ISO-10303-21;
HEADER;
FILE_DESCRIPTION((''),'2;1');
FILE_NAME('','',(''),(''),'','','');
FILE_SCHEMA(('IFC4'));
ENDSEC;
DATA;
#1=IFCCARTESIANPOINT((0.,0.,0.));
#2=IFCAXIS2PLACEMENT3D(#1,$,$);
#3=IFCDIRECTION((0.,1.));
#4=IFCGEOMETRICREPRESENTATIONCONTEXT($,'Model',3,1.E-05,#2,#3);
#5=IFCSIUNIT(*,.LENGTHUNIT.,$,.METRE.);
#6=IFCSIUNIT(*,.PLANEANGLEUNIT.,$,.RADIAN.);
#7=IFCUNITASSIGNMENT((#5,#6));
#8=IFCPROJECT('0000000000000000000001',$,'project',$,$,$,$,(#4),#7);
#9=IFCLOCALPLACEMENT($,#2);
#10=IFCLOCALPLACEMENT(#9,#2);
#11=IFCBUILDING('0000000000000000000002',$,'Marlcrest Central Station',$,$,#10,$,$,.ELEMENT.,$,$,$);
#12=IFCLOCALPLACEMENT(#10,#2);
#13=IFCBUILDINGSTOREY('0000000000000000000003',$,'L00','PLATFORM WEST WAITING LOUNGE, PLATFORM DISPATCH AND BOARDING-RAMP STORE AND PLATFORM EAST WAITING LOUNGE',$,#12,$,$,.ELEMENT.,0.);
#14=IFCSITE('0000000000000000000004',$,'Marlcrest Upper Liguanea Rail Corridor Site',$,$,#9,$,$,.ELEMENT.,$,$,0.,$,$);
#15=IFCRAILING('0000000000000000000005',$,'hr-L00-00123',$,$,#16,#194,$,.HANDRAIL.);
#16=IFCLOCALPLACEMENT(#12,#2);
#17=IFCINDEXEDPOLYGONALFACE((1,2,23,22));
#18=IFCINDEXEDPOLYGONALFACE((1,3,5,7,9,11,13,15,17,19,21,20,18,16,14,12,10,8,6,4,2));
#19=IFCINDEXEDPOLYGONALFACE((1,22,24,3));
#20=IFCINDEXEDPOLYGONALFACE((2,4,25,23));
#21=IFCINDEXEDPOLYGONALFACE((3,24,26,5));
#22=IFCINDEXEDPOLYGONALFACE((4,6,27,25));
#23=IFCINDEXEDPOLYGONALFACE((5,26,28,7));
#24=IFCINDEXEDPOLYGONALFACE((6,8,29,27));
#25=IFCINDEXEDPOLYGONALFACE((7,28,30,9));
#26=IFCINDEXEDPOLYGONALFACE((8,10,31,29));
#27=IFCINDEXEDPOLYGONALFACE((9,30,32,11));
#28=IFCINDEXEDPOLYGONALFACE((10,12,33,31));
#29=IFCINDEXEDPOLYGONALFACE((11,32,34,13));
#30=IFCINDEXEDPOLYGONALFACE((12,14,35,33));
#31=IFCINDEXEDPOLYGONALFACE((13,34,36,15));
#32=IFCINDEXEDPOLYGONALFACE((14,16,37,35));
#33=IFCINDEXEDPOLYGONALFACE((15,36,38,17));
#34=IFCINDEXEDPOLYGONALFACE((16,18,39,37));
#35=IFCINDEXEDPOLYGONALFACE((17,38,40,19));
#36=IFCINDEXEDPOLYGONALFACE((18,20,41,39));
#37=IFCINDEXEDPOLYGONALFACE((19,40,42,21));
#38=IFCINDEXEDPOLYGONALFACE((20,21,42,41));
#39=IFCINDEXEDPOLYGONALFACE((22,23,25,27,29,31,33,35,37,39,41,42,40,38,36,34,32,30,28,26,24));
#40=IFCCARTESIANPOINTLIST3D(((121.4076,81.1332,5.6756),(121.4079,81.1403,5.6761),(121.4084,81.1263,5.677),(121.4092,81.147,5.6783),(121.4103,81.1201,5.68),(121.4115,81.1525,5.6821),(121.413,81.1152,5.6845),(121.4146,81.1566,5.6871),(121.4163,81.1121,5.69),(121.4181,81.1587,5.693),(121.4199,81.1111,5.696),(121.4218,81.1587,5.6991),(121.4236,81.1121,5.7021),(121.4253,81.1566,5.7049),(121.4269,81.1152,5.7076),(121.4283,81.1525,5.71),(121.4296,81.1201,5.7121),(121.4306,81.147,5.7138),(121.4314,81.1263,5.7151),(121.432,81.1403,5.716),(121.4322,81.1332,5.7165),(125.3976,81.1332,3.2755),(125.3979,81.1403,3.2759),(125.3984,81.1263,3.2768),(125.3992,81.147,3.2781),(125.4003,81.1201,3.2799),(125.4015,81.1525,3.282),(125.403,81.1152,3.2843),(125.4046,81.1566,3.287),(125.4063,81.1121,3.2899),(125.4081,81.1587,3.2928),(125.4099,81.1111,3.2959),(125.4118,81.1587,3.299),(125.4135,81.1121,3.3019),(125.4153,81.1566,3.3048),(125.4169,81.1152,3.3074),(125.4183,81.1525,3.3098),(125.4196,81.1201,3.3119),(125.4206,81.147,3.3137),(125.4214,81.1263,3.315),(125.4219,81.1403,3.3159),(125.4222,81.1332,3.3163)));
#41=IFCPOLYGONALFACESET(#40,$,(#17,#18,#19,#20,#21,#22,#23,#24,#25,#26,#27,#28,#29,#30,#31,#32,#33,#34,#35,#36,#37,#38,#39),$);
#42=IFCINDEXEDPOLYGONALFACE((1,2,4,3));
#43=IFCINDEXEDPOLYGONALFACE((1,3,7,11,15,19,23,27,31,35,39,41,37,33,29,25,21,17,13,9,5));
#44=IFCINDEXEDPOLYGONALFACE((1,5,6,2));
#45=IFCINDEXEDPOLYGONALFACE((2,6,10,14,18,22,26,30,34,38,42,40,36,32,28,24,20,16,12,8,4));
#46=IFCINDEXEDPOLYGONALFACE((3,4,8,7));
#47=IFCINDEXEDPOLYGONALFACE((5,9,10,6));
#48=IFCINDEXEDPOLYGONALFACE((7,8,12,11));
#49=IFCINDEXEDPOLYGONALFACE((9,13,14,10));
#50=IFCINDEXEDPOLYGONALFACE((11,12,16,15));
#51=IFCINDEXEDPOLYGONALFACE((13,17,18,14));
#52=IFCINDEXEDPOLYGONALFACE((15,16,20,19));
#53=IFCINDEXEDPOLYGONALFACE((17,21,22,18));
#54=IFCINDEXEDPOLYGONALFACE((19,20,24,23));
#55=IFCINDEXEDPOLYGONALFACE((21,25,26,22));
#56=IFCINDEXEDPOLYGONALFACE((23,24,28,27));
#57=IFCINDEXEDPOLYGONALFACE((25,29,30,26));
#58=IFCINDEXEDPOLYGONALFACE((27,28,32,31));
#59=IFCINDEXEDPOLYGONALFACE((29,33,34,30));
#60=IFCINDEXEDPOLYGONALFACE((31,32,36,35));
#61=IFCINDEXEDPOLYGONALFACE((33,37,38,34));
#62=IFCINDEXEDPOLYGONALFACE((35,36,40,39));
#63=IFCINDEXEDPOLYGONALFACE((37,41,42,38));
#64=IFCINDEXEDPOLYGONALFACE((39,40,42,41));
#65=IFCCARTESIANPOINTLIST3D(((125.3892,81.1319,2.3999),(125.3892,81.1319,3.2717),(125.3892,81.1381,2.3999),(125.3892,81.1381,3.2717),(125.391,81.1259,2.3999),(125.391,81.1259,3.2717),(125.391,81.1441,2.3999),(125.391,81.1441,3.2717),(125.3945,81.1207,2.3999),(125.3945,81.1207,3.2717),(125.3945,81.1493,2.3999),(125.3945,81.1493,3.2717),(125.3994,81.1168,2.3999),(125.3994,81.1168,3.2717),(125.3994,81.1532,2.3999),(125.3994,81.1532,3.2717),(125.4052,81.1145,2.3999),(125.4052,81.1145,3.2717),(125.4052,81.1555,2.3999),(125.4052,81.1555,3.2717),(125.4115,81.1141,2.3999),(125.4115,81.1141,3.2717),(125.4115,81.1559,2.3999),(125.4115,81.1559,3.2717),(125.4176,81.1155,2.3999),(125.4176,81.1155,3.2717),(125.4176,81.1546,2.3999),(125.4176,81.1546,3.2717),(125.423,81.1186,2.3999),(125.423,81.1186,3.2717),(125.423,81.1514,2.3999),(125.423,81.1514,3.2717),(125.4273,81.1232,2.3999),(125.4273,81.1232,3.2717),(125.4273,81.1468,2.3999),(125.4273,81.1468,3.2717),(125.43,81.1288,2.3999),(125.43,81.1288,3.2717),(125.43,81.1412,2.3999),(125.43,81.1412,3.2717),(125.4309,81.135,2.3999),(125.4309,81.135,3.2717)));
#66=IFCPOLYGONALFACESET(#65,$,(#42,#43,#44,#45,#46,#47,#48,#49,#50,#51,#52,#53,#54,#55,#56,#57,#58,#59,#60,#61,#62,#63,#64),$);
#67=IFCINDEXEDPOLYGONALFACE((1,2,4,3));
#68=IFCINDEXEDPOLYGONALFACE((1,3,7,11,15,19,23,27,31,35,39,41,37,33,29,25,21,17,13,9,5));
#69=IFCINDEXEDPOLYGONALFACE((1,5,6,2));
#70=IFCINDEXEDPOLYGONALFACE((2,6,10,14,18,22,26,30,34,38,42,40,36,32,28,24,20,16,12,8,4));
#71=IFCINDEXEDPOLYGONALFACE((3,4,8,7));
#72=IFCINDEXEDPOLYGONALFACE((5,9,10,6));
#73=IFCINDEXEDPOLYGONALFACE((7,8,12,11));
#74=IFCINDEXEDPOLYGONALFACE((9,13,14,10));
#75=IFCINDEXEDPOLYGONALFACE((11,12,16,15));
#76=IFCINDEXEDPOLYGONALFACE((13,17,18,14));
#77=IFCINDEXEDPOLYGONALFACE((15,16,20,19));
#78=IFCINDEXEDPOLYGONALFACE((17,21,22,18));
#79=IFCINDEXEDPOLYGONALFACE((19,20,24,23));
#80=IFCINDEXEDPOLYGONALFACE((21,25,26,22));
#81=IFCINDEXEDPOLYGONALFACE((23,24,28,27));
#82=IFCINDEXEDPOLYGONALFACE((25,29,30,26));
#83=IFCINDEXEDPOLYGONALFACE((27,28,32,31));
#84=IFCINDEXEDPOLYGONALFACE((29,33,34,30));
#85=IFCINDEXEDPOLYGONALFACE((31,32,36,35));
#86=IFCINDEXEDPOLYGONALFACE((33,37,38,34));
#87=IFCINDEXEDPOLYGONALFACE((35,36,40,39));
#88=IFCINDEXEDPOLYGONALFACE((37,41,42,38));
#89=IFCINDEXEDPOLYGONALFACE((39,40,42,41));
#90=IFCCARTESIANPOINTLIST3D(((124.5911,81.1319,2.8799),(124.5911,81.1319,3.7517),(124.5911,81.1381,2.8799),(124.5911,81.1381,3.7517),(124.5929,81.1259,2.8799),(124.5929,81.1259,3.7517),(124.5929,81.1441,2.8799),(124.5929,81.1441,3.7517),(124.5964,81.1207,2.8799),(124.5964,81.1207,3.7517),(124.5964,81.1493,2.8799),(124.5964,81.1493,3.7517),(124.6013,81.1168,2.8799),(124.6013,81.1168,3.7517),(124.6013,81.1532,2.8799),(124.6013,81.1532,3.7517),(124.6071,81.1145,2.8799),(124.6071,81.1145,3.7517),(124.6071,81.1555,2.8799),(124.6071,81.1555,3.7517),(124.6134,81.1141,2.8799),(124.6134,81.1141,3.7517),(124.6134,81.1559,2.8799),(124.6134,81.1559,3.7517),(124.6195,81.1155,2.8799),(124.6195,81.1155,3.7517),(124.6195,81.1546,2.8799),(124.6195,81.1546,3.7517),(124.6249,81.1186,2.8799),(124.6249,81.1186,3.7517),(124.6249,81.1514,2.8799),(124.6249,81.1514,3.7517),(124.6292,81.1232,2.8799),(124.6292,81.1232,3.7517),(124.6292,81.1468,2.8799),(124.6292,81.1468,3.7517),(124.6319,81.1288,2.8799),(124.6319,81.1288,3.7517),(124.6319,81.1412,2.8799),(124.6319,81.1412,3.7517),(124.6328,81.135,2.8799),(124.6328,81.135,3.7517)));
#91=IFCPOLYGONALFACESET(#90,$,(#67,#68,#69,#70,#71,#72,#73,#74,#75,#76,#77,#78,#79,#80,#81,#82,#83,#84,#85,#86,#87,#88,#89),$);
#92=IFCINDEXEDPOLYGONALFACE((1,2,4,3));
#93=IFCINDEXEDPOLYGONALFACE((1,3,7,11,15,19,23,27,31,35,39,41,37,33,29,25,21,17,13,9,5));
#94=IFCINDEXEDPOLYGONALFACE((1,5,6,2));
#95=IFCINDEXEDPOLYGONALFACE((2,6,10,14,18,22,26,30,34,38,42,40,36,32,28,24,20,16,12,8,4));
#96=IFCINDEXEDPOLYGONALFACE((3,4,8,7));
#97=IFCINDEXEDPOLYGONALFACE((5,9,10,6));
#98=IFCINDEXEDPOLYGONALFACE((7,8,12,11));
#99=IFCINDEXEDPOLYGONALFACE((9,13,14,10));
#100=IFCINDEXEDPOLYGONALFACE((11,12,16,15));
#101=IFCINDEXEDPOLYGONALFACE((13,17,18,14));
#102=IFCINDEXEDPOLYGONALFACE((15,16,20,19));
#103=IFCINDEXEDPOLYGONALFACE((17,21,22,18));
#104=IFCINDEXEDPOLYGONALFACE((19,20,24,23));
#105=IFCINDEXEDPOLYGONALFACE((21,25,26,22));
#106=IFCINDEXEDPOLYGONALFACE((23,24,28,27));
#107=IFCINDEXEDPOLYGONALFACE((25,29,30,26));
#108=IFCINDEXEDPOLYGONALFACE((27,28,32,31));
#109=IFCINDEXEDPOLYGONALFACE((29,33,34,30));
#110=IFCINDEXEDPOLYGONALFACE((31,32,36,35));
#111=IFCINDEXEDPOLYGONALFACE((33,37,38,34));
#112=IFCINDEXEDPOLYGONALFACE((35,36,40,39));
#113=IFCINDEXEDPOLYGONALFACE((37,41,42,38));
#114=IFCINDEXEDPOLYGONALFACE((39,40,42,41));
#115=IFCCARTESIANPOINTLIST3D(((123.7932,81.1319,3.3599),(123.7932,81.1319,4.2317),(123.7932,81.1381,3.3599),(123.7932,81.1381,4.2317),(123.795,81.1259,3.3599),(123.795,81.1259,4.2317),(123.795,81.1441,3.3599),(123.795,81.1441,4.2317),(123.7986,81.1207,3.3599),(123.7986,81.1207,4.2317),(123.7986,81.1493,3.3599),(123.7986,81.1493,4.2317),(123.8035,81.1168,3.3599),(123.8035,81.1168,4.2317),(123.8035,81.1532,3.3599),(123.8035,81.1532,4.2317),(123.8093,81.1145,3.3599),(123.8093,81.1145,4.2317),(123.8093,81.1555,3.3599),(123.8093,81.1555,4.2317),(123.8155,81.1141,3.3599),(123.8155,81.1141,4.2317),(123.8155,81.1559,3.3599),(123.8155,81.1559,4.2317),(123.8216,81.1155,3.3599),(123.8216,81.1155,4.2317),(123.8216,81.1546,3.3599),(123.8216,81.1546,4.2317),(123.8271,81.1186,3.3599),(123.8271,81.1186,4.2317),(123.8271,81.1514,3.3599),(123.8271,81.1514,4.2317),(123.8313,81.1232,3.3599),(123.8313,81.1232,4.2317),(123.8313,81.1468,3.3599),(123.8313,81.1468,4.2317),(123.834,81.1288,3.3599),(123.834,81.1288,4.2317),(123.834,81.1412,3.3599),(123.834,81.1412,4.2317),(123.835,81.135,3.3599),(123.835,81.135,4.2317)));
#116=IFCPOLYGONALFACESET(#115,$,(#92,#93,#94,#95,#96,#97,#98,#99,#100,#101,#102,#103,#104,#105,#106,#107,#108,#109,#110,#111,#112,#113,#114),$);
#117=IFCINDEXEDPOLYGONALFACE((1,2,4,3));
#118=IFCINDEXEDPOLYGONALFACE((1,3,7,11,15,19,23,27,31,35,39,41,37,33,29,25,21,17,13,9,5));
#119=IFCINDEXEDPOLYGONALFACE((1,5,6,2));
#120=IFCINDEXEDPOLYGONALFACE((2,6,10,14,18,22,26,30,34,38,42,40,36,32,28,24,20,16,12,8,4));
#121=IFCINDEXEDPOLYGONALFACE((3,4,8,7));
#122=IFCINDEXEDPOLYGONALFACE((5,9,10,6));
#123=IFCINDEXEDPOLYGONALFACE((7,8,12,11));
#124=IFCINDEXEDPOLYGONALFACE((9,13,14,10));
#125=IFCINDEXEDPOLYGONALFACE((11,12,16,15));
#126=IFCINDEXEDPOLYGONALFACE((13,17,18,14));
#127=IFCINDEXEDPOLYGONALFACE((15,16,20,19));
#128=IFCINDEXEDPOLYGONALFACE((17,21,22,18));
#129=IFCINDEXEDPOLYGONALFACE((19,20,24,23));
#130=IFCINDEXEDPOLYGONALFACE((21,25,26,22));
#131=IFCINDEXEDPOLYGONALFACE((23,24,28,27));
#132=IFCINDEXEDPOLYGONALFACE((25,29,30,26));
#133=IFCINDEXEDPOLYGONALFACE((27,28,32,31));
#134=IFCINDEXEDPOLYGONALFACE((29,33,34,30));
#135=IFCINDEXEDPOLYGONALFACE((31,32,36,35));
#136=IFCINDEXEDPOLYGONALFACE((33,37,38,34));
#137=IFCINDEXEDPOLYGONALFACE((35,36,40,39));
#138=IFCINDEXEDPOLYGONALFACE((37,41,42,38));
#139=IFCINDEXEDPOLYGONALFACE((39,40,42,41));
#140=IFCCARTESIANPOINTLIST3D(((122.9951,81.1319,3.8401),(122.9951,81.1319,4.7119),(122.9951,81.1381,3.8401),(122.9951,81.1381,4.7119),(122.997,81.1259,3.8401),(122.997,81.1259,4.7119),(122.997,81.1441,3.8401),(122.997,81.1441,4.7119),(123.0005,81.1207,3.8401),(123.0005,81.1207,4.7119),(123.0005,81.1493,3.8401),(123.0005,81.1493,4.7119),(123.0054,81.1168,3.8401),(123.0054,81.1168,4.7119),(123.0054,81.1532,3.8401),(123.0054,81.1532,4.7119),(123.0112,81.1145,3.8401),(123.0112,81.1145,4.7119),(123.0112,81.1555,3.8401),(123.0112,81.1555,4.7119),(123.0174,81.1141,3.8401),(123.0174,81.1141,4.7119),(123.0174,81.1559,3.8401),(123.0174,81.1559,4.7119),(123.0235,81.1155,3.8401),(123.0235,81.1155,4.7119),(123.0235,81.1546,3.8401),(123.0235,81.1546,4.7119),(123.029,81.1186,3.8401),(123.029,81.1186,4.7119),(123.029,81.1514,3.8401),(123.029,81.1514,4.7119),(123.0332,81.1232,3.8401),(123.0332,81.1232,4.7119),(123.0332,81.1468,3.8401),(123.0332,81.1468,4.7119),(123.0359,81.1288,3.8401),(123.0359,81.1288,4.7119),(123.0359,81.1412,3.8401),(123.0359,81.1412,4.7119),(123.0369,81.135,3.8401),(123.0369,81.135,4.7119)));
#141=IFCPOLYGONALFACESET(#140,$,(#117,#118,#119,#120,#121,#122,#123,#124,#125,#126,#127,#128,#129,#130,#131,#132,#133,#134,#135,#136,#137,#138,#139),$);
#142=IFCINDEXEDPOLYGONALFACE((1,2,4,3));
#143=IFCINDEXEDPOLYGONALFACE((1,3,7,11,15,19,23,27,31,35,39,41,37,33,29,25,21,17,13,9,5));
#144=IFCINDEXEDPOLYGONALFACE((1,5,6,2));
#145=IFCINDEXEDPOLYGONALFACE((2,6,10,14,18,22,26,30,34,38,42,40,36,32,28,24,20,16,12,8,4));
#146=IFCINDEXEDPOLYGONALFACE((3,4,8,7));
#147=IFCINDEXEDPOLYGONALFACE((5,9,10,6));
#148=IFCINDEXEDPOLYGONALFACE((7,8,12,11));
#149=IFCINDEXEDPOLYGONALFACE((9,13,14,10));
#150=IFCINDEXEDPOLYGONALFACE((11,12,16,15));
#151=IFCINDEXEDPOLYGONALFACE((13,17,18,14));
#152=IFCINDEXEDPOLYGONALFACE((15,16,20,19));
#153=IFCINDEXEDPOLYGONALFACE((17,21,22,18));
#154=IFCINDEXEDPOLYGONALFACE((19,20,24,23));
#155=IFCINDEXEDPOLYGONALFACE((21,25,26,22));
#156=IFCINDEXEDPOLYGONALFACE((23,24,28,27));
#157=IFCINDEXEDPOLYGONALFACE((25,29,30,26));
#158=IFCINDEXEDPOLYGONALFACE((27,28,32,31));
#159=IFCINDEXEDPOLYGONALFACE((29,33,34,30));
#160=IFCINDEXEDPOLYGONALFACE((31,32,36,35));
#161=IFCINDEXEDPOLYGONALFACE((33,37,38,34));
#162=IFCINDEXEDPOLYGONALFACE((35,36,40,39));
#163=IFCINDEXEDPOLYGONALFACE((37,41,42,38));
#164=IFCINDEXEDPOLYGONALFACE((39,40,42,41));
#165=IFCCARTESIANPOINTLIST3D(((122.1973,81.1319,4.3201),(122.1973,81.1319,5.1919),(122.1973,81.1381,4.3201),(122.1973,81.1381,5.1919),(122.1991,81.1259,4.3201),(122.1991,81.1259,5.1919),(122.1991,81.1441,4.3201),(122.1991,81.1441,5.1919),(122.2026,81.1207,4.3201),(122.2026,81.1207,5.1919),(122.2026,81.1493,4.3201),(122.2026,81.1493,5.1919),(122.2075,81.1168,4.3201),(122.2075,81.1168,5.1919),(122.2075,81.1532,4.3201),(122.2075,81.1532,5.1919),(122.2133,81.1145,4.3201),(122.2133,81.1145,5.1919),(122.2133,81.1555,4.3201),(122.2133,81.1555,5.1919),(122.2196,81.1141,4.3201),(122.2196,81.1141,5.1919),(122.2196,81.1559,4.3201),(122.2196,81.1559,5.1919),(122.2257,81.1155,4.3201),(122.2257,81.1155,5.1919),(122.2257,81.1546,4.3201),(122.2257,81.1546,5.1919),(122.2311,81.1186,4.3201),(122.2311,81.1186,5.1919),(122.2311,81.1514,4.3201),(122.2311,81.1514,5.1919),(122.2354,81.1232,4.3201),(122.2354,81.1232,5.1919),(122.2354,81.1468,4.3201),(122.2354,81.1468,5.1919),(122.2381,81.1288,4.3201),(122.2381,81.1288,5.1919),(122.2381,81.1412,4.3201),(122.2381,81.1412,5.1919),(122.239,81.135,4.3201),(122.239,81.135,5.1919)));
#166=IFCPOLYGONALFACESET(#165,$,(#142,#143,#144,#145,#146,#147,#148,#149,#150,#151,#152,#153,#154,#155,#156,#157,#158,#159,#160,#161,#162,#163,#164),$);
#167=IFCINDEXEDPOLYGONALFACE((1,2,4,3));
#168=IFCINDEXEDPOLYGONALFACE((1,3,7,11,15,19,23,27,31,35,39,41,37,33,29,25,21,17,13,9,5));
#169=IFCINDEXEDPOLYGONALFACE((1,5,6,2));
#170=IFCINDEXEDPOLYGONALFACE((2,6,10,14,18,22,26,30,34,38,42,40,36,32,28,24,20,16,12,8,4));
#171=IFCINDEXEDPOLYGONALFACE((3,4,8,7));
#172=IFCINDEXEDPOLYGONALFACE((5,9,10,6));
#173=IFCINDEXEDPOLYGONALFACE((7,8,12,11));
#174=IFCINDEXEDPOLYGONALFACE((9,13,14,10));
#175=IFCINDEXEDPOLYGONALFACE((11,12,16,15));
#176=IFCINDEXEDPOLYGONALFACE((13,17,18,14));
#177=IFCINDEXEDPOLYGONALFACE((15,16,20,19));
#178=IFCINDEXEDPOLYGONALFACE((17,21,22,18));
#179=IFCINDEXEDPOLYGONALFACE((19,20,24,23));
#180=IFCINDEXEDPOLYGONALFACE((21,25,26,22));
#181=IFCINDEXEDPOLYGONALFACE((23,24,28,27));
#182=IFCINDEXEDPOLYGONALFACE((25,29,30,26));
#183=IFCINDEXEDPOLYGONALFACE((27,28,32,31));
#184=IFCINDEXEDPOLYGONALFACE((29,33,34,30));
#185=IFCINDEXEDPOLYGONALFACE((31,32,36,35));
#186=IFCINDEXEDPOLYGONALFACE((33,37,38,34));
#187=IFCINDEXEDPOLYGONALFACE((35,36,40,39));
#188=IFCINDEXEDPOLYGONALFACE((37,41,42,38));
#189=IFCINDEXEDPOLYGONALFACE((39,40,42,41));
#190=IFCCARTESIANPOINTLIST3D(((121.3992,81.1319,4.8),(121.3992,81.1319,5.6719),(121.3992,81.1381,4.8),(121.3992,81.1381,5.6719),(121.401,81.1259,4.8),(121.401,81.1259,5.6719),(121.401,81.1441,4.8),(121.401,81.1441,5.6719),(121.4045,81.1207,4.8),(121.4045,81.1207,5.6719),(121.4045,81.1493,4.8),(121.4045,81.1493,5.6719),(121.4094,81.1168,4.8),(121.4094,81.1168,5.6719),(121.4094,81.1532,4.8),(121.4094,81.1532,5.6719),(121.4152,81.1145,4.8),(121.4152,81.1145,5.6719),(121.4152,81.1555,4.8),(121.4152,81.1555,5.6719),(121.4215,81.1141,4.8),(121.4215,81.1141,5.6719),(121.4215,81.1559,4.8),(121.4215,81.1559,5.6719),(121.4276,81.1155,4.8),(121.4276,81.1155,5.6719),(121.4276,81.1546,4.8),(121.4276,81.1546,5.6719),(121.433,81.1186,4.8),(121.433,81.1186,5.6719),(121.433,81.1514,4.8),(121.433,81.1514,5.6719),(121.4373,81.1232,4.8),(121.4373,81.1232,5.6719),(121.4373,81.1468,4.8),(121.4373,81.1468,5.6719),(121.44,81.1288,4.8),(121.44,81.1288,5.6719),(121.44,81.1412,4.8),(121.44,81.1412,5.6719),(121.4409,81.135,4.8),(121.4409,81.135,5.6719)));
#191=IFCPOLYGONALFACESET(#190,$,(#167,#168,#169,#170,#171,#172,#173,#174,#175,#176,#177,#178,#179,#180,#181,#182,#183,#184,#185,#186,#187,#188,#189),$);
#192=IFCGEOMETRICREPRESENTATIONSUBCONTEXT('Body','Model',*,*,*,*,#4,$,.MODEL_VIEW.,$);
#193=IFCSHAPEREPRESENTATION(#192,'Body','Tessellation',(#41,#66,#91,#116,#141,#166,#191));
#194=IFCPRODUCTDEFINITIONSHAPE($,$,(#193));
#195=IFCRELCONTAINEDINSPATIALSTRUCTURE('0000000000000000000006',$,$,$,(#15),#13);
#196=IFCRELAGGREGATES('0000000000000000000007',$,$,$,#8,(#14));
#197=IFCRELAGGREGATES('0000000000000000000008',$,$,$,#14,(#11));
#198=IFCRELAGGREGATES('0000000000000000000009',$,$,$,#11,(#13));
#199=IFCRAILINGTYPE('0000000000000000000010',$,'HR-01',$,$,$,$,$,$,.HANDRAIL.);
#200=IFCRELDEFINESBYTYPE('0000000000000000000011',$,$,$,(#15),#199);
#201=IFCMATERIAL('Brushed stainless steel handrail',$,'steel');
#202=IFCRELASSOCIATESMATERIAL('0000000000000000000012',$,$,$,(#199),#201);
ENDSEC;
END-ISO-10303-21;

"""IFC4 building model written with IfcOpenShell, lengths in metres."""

from ifc_helpers import new_model, si_unit, direction, frame, origin, origin_2d, place, context, subcontext, project, spatial, circle, extrude, material, type_object, element, save


model = new_model("IFC4")

# Units and contexts
model_context = context("Model", 3, precision=1e-05, world=origin(), true_north=direction((0.0, 1.0)))
body_context = subcontext(model_context, "Body", "Model", "MODEL_VIEW")
ifc_project = project(units=[si_unit("LENGTHUNIT", "METRE"), si_unit("PLANEANGLEUNIT", "RADIAN")], contexts=[model_context])

# Site, building, storey
site_placement = place(None, origin())
site = spatial("IfcSite", under=ifc_project, at=site_placement, Name="Marlcrest Upper Liguanea Rail Corridor Site", CompositionType="ELEMENT", RefElevation=0.0)
building_placement = place(site_placement, origin())
building = spatial("IfcBuilding", under=site, at=building_placement, Name="Marlcrest Central Station", CompositionType="ELEMENT")
storey_placement = place(building_placement, origin())
storey = spatial("IfcBuildingStorey", under=building, at=storey_placement, Name="L00", Description="PLATFORM WEST WAITING LOUNGE, PLATFORM DISPATCH AND BOARDING-RAMP STORE AND PLATFORM EAST WAITING LOUNGE", CompositionType="ELEMENT", Elevation=0.0)

# Railing
ifc_material_1 = material(Name="Brushed stainless steel handrail", Category="steel")
railing_type_1 = type_object("IfcRailingType", Name="HR-01", PredefinedType="HANDRAIL", material=ifc_material_1)
railing_1_placement = place(storey_placement, frame((125.4099, 81.135, 2.3999)))
element("IfcRailing", 1, at=railing_1_placement, inside=storey, type_object=railing_type_1, Name="hr-L00-00123", PredefinedType="HANDRAIL", context=body_context, shape_type="SweptSolid", body=[
    extrude(circle(Radius=0.0239, at=origin_2d()), frame((0.0, 0.0, 0.896), z_axis=(-0.856909, 0.0, 0.515467), x_axis=(0.0, -1.0, 0.0)), (0.0, 0.0, 1.0), 4.6562),
    extrude(circle(Radius=0.021, at=origin_2d()), origin(), (0.0, 0.0, 1.0), 0.8718),
    extrude(circle(Radius=0.021, at=origin_2d()), frame((-0.7981, 0.0, 0.48)), (0.0, 0.0, 1.0), 0.8718),
    extrude(circle(Radius=0.021, at=origin_2d()), frame((-1.5959, 0.0, 0.96)), (0.0, 0.0, 1.0), 0.8718),
    extrude(circle(Radius=0.021, at=origin_2d()), frame((-2.394, 0.0, 1.4402)), (0.0, 0.0, 1.0), 0.8718),
    extrude(circle(Radius=0.021, at=origin_2d()), frame((-3.1919, 0.0, 1.9202)), (0.0, 0.0, 1.0), 0.8718),
    extrude(circle(Radius=0.021, at=origin_2d()), frame((-3.99, 0.0, 2.4001)), (0.0, 0.0, 1.0), 0.8718),
])

save(model, "model.ifc")
